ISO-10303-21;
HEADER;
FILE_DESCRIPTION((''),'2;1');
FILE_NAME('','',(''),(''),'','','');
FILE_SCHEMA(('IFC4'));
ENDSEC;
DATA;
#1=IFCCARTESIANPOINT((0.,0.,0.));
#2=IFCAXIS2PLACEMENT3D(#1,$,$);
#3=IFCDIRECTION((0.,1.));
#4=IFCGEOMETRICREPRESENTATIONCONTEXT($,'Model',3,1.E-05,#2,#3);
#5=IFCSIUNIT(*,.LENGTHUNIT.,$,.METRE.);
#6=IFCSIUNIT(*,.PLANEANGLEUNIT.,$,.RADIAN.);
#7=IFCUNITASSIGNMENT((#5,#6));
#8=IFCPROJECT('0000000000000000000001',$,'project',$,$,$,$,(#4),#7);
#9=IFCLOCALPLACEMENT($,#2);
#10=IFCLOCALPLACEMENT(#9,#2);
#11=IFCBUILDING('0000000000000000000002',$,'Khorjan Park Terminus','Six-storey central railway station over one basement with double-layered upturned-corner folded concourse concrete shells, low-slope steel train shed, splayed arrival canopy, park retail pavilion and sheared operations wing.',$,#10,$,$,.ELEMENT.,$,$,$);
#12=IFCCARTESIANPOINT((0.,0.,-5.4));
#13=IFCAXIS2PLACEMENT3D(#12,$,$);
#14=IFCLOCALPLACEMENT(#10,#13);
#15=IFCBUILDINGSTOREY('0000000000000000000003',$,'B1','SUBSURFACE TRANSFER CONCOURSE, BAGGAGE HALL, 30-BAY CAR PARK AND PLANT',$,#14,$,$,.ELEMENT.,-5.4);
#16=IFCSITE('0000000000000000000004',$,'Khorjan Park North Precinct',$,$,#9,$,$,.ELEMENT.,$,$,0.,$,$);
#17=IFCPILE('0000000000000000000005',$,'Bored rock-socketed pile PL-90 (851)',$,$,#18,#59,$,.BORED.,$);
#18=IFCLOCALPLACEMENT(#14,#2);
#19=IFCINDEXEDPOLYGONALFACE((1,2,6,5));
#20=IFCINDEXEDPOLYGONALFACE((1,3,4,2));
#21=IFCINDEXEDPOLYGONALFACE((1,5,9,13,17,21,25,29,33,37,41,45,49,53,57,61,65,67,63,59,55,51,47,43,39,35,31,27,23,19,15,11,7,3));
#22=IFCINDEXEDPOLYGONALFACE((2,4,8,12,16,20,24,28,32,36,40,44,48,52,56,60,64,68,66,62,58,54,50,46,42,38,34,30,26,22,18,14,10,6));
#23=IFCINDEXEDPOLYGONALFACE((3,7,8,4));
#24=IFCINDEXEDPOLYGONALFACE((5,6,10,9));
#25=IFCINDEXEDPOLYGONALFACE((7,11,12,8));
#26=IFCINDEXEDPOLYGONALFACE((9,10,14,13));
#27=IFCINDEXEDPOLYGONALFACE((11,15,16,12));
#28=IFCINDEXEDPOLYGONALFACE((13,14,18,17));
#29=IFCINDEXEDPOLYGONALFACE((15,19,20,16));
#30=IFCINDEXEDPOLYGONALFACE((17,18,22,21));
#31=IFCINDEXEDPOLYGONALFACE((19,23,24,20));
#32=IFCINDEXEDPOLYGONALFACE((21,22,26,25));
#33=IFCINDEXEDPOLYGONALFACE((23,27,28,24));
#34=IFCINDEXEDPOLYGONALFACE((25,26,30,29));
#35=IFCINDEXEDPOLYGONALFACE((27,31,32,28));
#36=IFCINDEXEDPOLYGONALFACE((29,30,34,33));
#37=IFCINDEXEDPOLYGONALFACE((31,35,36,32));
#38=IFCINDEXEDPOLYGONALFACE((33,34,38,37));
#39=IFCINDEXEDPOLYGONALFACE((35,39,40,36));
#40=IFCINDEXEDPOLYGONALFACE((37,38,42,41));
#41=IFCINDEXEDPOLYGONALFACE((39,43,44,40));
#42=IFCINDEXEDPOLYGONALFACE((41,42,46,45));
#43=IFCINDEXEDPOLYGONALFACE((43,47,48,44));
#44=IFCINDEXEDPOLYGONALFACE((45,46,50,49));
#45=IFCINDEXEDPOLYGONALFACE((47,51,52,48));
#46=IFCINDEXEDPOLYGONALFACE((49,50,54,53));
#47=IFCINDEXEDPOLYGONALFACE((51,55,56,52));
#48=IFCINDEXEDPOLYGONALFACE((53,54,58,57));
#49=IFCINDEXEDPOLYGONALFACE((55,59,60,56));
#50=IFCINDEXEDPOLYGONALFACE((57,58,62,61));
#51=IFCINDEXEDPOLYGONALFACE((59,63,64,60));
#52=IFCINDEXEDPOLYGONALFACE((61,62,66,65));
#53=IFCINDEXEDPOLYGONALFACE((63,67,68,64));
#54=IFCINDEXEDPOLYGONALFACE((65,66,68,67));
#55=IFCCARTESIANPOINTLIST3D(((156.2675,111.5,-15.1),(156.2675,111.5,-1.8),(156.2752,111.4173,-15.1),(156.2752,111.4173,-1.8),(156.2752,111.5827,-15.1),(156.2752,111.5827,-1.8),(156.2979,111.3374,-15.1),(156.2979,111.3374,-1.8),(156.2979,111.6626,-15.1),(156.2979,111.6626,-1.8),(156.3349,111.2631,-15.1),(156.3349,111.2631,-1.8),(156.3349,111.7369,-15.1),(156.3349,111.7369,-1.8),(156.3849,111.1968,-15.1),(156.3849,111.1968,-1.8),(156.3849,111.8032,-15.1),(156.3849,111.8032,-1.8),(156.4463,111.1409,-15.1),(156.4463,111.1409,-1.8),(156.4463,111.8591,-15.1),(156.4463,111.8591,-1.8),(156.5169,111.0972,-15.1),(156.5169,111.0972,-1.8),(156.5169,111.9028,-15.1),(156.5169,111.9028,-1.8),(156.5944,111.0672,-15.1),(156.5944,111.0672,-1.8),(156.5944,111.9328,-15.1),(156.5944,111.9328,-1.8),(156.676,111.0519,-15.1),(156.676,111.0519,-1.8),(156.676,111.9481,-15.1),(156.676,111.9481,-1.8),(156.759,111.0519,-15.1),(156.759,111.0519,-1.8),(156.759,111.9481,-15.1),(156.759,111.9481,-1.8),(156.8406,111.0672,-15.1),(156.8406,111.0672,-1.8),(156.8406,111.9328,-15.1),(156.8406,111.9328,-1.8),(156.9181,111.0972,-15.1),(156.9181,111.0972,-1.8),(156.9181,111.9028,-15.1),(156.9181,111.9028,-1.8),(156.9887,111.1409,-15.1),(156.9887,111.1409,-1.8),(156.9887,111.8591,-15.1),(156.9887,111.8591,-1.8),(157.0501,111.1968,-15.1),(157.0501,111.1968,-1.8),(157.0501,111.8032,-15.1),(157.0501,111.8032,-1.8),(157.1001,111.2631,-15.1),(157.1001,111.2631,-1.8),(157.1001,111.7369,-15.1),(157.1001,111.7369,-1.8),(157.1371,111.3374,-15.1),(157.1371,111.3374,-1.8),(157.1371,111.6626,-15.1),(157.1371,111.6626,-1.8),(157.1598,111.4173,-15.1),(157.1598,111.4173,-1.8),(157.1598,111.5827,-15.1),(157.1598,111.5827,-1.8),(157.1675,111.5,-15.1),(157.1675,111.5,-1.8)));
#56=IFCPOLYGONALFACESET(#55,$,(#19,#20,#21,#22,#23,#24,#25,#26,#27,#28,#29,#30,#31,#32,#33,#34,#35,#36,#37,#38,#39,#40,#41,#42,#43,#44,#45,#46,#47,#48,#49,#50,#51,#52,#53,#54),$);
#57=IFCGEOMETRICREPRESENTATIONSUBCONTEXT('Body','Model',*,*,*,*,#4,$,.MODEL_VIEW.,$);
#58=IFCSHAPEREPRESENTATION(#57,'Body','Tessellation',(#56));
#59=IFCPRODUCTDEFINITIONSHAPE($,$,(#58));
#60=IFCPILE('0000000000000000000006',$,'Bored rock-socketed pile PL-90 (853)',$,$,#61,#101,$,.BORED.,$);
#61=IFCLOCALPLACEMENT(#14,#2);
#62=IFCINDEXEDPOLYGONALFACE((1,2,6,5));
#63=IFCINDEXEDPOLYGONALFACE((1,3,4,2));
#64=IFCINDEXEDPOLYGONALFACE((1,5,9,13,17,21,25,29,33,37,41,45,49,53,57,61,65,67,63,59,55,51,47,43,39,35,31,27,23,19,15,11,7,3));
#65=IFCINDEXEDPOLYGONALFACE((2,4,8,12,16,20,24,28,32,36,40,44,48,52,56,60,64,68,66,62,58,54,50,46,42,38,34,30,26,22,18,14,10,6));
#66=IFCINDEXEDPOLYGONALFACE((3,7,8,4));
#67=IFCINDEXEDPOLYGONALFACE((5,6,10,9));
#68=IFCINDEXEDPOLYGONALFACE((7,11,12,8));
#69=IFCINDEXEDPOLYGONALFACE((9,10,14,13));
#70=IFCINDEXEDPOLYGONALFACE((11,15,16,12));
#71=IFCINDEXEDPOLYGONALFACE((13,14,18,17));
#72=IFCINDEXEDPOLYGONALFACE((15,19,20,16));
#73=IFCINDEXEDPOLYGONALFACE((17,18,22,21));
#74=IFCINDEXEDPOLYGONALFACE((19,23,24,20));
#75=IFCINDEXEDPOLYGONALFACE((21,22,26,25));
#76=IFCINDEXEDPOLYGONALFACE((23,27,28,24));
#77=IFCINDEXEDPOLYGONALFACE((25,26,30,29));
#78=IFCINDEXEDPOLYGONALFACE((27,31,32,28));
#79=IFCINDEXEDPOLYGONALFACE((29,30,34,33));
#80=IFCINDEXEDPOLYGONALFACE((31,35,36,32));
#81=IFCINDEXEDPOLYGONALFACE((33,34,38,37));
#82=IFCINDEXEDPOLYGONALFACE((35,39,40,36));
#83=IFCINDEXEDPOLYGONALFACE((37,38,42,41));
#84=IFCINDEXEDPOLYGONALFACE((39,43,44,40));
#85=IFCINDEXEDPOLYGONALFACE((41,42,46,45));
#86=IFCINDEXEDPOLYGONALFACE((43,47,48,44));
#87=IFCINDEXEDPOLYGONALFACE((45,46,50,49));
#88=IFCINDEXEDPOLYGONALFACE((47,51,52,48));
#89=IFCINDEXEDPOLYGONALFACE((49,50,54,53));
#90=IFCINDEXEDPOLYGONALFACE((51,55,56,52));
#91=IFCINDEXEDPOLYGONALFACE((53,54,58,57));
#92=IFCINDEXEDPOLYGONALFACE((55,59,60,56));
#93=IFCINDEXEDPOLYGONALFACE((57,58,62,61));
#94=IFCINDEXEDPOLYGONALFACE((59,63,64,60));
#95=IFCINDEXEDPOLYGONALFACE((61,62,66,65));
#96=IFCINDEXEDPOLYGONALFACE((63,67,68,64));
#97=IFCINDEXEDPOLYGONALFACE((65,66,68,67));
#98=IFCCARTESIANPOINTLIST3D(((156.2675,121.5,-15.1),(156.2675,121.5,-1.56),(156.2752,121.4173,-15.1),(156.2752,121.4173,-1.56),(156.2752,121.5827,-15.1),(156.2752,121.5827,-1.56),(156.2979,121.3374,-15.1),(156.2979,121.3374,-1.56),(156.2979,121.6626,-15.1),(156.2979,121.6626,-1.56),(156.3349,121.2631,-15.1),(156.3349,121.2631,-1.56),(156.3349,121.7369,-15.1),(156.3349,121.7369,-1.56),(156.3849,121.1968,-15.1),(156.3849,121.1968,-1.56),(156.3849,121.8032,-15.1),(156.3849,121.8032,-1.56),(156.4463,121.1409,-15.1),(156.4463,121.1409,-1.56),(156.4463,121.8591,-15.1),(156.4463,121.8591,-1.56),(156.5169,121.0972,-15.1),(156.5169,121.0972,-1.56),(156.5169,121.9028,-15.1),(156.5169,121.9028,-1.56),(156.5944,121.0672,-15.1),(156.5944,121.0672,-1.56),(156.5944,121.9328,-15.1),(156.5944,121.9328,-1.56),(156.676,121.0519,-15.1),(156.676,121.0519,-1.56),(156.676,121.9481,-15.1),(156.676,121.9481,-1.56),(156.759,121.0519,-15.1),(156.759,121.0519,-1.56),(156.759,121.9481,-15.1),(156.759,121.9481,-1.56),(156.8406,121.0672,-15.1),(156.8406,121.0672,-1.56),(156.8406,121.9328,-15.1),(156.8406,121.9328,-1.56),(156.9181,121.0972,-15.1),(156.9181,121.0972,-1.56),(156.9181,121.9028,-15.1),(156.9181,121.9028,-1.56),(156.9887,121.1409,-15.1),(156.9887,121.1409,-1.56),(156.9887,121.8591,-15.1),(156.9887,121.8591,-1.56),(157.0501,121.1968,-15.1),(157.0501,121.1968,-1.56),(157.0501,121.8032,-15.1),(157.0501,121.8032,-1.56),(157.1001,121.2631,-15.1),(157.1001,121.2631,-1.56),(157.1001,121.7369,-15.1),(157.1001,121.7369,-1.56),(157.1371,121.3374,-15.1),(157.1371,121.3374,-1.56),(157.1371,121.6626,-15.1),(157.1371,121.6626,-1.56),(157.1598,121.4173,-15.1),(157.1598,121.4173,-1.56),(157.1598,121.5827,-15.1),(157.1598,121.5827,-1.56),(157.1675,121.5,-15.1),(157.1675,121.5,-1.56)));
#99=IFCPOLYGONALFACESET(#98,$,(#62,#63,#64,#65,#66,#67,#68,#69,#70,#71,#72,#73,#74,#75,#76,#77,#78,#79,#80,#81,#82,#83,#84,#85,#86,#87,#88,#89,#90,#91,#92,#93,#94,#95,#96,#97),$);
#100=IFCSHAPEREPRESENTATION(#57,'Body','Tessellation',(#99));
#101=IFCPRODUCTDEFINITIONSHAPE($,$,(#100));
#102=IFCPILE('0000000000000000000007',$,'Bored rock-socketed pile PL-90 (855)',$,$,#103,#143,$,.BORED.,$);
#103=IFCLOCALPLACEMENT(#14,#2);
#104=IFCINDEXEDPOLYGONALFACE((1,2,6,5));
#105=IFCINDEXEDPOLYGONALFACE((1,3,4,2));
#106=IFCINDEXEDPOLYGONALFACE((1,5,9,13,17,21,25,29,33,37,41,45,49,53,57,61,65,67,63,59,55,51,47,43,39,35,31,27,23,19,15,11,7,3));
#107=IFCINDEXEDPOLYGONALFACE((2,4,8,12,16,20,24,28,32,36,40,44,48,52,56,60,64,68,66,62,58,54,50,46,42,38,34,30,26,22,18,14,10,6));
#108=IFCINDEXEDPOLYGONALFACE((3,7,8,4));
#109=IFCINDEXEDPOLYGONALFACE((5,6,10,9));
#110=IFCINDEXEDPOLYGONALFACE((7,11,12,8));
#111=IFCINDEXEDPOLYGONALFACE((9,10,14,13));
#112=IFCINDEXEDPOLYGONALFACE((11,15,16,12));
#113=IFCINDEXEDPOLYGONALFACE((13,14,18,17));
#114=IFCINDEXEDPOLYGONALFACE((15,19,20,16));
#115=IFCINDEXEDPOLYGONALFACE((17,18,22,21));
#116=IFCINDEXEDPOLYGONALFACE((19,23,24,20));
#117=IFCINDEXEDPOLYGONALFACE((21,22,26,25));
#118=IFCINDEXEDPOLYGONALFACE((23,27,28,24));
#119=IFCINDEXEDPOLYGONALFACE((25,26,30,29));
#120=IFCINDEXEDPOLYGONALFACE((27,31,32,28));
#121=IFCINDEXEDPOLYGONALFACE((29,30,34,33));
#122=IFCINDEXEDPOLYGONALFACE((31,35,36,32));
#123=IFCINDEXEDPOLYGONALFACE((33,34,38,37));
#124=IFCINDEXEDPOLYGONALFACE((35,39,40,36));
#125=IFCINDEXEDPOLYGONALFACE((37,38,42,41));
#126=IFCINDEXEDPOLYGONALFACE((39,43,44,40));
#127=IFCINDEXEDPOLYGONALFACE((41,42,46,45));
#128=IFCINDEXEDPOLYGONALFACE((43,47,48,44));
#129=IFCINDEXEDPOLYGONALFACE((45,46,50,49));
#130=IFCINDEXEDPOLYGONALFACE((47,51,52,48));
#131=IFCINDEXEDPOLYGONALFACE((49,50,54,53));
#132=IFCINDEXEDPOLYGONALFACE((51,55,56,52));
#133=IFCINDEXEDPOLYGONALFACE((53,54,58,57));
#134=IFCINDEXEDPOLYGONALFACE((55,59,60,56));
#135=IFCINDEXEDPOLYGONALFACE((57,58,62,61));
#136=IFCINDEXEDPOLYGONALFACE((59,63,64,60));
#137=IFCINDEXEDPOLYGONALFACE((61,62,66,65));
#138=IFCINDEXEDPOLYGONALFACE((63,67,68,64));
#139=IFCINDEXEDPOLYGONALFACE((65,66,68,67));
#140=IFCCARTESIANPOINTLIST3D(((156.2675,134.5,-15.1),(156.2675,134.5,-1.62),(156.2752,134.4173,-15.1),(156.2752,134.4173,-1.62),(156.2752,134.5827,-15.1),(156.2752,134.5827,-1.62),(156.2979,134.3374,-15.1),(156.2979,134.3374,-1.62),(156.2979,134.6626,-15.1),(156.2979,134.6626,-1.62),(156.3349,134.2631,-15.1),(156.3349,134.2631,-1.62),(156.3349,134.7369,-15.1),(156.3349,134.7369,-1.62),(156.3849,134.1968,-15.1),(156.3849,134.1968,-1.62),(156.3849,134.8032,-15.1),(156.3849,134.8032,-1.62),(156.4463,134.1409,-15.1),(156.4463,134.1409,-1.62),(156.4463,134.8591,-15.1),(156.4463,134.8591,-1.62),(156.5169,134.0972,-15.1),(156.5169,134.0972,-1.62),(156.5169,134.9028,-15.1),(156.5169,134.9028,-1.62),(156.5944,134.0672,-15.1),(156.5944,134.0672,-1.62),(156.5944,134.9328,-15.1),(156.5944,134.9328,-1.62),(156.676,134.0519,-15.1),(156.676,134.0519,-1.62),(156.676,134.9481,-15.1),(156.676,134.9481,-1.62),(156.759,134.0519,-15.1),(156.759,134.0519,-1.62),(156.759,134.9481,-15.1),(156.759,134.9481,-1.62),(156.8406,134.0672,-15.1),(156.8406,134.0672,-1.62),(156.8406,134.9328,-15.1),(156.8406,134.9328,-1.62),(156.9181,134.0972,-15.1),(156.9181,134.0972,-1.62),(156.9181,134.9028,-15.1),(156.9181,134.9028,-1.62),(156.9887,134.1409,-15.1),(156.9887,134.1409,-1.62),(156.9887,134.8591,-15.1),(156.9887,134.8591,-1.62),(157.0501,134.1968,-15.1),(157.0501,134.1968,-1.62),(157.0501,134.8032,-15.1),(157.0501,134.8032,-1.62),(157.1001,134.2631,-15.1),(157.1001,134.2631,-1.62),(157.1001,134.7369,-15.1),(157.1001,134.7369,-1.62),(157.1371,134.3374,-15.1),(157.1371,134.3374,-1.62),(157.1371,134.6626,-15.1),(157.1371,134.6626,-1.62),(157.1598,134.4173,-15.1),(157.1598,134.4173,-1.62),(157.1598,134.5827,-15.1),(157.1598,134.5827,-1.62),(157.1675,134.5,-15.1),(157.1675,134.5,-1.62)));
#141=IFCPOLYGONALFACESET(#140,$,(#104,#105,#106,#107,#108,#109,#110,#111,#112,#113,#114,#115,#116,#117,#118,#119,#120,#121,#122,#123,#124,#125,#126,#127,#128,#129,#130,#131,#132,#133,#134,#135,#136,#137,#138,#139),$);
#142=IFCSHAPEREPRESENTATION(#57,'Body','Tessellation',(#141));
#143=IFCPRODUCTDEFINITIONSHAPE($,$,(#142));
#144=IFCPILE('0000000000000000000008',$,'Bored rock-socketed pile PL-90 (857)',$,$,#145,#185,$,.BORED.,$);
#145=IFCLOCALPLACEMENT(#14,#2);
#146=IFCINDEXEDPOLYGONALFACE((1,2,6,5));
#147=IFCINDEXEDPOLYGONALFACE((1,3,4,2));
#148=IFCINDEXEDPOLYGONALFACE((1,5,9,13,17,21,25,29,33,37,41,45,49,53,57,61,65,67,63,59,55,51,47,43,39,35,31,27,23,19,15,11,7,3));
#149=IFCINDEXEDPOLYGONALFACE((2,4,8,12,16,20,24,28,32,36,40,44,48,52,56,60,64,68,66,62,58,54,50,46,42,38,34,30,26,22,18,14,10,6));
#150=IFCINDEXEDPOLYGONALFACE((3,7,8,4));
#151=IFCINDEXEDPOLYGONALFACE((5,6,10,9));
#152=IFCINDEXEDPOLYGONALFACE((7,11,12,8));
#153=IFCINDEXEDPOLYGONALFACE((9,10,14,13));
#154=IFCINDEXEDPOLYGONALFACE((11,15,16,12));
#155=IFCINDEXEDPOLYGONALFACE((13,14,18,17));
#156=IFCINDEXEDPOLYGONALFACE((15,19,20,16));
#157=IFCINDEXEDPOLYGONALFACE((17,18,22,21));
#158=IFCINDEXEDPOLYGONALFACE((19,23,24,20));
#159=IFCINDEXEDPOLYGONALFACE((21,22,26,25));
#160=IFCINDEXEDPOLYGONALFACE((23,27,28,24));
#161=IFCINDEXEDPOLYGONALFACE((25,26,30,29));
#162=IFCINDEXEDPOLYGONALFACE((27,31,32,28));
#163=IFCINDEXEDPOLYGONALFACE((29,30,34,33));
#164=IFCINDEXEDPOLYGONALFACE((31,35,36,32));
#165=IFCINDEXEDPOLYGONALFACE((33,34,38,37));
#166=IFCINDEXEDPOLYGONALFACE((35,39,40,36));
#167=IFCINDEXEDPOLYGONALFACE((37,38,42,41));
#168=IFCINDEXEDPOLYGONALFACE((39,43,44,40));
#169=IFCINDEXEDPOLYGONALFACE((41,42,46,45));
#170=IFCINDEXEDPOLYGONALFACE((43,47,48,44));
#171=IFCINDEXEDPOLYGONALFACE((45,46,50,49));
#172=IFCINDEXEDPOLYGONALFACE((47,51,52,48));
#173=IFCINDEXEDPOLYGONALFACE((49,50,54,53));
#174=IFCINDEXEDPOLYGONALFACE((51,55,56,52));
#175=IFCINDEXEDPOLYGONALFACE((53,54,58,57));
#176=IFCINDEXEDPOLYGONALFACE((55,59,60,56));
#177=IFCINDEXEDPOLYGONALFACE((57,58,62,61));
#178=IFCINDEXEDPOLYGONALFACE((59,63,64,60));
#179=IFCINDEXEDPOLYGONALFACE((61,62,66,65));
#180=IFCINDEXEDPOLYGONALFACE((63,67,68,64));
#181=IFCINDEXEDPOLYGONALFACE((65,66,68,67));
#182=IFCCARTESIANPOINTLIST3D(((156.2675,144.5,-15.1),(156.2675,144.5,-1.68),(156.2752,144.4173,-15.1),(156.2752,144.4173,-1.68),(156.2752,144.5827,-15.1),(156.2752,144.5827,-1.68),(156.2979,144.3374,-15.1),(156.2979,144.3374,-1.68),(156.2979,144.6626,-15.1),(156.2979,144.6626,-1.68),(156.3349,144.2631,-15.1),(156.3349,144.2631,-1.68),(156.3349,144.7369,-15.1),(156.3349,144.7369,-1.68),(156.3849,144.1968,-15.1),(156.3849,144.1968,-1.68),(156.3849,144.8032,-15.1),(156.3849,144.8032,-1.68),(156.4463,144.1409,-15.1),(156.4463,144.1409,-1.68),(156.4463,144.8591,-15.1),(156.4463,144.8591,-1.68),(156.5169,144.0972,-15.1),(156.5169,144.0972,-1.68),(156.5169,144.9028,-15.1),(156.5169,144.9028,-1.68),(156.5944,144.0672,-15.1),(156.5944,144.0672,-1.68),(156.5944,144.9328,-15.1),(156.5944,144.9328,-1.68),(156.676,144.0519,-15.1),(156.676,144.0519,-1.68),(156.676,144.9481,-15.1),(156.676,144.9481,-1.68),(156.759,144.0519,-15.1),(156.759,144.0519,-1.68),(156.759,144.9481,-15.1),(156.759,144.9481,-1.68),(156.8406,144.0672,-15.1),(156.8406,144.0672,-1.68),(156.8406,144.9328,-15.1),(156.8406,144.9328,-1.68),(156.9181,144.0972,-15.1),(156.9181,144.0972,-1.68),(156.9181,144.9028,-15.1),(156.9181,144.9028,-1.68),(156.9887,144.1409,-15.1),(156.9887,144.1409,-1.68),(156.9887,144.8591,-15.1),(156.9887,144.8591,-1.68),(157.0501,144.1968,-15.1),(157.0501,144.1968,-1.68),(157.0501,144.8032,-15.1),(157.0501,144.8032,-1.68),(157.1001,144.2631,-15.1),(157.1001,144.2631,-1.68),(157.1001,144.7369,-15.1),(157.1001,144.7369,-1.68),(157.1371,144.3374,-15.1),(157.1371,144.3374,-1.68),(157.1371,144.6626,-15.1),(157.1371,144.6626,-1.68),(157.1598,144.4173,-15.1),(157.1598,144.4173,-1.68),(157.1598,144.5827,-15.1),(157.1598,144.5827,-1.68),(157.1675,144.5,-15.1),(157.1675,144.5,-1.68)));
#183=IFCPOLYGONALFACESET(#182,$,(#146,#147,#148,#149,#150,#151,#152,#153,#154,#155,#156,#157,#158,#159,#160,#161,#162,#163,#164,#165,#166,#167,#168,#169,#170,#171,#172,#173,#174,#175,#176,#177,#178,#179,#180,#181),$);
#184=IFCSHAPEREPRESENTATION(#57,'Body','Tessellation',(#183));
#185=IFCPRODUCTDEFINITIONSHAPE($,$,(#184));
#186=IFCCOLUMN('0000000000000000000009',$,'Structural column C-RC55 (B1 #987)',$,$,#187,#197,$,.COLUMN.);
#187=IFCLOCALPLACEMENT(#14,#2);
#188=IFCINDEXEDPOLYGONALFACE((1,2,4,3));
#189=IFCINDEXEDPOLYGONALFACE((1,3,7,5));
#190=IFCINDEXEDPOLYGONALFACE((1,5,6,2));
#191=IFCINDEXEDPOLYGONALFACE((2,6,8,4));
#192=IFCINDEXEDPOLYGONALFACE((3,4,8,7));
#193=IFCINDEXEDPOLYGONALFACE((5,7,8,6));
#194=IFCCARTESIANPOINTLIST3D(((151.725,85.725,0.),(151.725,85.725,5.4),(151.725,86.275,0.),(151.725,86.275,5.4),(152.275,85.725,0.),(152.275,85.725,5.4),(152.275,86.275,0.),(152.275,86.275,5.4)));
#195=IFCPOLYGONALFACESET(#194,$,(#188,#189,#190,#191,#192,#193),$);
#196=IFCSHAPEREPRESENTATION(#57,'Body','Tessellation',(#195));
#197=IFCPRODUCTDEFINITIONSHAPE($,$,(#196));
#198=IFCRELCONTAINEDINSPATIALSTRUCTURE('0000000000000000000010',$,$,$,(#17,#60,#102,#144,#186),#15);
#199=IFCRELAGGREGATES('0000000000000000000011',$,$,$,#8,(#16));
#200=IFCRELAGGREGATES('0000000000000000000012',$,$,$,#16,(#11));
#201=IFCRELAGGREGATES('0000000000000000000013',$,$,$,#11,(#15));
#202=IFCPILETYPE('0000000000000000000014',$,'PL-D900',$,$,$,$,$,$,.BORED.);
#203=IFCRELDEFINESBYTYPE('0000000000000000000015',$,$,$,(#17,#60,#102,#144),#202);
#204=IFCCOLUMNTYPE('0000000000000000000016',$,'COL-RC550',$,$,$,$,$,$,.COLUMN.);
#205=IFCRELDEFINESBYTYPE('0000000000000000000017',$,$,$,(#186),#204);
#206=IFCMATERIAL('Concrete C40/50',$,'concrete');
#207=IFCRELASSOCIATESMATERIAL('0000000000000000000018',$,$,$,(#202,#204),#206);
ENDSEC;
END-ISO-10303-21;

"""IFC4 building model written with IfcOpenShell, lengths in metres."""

from ifc_helpers import new_model, si_unit, direction, frame, origin, origin_2d, place, context, subcontext, project, spatial, rectangle, circle, extrude, material, material_profile, profile_set, type_object, element, save


model = new_model("IFC4")

# Units and contexts
model_context = context("Model", 3, precision=1e-05, world=origin(), true_north=direction((0.0, 1.0)))
body_context = subcontext(model_context, "Body", "Model", "MODEL_VIEW")
ifc_project = project(units=[si_unit("LENGTHUNIT", "METRE"), si_unit("PLANEANGLEUNIT", "RADIAN")], contexts=[model_context])

# Site, building, storey
site_placement = place(None, origin())
site = spatial("IfcSite", under=ifc_project, at=site_placement, Name="Khorjan Park North Precinct", CompositionType="ELEMENT", RefElevation=0.0)
building_placement = place(site_placement, origin())
building = spatial("IfcBuilding", under=site, at=building_placement, Name="Khorjan Park Terminus", Description="Six-storey central railway station over one basement with double-layered upturned-corner folded concourse concrete shells, low-slope steel train shed, splayed arrival canopy, park retail pavilion and sheared operations wing.", CompositionType="ELEMENT")
storey_placement = place(building_placement, frame((0.0, 0.0, -5.4)))
storey = spatial("IfcBuildingStorey", under=building, at=storey_placement, Name="B1", Description="SUBSURFACE TRANSFER CONCOURSE, BAGGAGE HALL, 30-BAY CAR PARK AND PLANT", CompositionType="ELEMENT", Elevation=-5.4)

# Shared definitions
ifc_material_1 = material(Name="Concrete C40/50", Category="concrete")

# Piles
ifc_material_profile_1 = material_profile(ifc_material_1, circle(Radius=0.45, at=origin_2d()), Name="BORED D900")
ifc_profile_set_1 = profile_set([ifc_material_profile_1], Name="Concrete C40/50")
pile_type_1 = type_object("IfcPileType", Name="PL-D900", PredefinedType="BORED", material=ifc_profile_set_1)
pile_1_placement = place(storey_placement, frame((156.7175, 111.5, -1.8), z_axis=(0.0, 0.0, -1.0), x_axis=(1.0, 0.0, 0.0)))
element("IfcPile", 1, at=pile_1_placement, inside=storey, type_object=pile_type_1, Name="Bored rock-socketed pile PL-90 (851)", PredefinedType="BORED", context=body_context, shape_type="SweptSolid", body=[
    extrude(circle(Radius=0.45, at=origin_2d()), origin(), (0.0, 0.0, 1.0), 13.3),
])
pile_2_placement = place(storey_placement, frame((156.7175, 121.5, -1.56), z_axis=(0.0, 0.0, -1.0), x_axis=(1.0, 0.0, 0.0)))
element("IfcPile", 2, at=pile_2_placement, inside=storey, type_object=pile_type_1, Name="Bored rock-socketed pile PL-90 (853)", PredefinedType="BORED", context=body_context, shape_type="SweptSolid", body=[
    extrude(circle(Radius=0.45, at=origin_2d()), origin(), (0.0, 0.0, 1.0), 13.54),
])
pile_3_placement = place(storey_placement, frame((156.7175, 134.5, -1.62), z_axis=(0.0, 0.0, -1.0), x_axis=(1.0, 0.0, 0.0)))
element("IfcPile", 3, at=pile_3_placement, inside=storey, type_object=pile_type_1, Name="Bored rock-socketed pile PL-90 (855)", PredefinedType="BORED", context=body_context, shape_type="SweptSolid", body=[
    extrude(circle(Radius=0.45, at=origin_2d()), origin(), (0.0, 0.0, 1.0), 13.48),
])
pile_4_placement = place(storey_placement, frame((156.7175, 144.5, -1.68), z_axis=(0.0, 0.0, -1.0), x_axis=(1.0, 0.0, 0.0)))
element("IfcPile", 4, at=pile_4_placement, inside=storey, type_object=pile_type_1, Name="Bored rock-socketed pile PL-90 (857)", PredefinedType="BORED", context=body_context, shape_type="SweptSolid", body=[
    extrude(circle(Radius=0.45, at=origin_2d()), origin(), (0.0, 0.0, 1.0), 13.42),
])

# Column
ifc_material_profile_2 = material_profile(ifc_material_1, rectangle(XDim=0.55, YDim=0.55, at=origin_2d()), Name="RC 550x550")
ifc_profile_set_2 = profile_set([ifc_material_profile_2], Name="Concrete C40/50")
column_type_1 = type_object("IfcColumnType", Name="COL-RC550", PredefinedType="COLUMN", material=ifc_profile_set_2)
column_1_placement = place(storey_placement, frame((152.0, 86.0, 0.0), z_axis=(0.0, 0.0, 1.0), x_axis=(1.0, 0.0, 0.0)))
element("IfcColumn", 5, at=column_1_placement, inside=storey, type_object=column_type_1, Name="Structural column C-RC55 (B1 #987)", PredefinedType="COLUMN", context=body_context, shape_type="SweptSolid", body=[
    extrude(rectangle(XDim=0.55, YDim=0.55, at=origin_2d()), origin(), (0.0, 0.0, 1.0), 5.4),
])

save(model, "model.ifc")
